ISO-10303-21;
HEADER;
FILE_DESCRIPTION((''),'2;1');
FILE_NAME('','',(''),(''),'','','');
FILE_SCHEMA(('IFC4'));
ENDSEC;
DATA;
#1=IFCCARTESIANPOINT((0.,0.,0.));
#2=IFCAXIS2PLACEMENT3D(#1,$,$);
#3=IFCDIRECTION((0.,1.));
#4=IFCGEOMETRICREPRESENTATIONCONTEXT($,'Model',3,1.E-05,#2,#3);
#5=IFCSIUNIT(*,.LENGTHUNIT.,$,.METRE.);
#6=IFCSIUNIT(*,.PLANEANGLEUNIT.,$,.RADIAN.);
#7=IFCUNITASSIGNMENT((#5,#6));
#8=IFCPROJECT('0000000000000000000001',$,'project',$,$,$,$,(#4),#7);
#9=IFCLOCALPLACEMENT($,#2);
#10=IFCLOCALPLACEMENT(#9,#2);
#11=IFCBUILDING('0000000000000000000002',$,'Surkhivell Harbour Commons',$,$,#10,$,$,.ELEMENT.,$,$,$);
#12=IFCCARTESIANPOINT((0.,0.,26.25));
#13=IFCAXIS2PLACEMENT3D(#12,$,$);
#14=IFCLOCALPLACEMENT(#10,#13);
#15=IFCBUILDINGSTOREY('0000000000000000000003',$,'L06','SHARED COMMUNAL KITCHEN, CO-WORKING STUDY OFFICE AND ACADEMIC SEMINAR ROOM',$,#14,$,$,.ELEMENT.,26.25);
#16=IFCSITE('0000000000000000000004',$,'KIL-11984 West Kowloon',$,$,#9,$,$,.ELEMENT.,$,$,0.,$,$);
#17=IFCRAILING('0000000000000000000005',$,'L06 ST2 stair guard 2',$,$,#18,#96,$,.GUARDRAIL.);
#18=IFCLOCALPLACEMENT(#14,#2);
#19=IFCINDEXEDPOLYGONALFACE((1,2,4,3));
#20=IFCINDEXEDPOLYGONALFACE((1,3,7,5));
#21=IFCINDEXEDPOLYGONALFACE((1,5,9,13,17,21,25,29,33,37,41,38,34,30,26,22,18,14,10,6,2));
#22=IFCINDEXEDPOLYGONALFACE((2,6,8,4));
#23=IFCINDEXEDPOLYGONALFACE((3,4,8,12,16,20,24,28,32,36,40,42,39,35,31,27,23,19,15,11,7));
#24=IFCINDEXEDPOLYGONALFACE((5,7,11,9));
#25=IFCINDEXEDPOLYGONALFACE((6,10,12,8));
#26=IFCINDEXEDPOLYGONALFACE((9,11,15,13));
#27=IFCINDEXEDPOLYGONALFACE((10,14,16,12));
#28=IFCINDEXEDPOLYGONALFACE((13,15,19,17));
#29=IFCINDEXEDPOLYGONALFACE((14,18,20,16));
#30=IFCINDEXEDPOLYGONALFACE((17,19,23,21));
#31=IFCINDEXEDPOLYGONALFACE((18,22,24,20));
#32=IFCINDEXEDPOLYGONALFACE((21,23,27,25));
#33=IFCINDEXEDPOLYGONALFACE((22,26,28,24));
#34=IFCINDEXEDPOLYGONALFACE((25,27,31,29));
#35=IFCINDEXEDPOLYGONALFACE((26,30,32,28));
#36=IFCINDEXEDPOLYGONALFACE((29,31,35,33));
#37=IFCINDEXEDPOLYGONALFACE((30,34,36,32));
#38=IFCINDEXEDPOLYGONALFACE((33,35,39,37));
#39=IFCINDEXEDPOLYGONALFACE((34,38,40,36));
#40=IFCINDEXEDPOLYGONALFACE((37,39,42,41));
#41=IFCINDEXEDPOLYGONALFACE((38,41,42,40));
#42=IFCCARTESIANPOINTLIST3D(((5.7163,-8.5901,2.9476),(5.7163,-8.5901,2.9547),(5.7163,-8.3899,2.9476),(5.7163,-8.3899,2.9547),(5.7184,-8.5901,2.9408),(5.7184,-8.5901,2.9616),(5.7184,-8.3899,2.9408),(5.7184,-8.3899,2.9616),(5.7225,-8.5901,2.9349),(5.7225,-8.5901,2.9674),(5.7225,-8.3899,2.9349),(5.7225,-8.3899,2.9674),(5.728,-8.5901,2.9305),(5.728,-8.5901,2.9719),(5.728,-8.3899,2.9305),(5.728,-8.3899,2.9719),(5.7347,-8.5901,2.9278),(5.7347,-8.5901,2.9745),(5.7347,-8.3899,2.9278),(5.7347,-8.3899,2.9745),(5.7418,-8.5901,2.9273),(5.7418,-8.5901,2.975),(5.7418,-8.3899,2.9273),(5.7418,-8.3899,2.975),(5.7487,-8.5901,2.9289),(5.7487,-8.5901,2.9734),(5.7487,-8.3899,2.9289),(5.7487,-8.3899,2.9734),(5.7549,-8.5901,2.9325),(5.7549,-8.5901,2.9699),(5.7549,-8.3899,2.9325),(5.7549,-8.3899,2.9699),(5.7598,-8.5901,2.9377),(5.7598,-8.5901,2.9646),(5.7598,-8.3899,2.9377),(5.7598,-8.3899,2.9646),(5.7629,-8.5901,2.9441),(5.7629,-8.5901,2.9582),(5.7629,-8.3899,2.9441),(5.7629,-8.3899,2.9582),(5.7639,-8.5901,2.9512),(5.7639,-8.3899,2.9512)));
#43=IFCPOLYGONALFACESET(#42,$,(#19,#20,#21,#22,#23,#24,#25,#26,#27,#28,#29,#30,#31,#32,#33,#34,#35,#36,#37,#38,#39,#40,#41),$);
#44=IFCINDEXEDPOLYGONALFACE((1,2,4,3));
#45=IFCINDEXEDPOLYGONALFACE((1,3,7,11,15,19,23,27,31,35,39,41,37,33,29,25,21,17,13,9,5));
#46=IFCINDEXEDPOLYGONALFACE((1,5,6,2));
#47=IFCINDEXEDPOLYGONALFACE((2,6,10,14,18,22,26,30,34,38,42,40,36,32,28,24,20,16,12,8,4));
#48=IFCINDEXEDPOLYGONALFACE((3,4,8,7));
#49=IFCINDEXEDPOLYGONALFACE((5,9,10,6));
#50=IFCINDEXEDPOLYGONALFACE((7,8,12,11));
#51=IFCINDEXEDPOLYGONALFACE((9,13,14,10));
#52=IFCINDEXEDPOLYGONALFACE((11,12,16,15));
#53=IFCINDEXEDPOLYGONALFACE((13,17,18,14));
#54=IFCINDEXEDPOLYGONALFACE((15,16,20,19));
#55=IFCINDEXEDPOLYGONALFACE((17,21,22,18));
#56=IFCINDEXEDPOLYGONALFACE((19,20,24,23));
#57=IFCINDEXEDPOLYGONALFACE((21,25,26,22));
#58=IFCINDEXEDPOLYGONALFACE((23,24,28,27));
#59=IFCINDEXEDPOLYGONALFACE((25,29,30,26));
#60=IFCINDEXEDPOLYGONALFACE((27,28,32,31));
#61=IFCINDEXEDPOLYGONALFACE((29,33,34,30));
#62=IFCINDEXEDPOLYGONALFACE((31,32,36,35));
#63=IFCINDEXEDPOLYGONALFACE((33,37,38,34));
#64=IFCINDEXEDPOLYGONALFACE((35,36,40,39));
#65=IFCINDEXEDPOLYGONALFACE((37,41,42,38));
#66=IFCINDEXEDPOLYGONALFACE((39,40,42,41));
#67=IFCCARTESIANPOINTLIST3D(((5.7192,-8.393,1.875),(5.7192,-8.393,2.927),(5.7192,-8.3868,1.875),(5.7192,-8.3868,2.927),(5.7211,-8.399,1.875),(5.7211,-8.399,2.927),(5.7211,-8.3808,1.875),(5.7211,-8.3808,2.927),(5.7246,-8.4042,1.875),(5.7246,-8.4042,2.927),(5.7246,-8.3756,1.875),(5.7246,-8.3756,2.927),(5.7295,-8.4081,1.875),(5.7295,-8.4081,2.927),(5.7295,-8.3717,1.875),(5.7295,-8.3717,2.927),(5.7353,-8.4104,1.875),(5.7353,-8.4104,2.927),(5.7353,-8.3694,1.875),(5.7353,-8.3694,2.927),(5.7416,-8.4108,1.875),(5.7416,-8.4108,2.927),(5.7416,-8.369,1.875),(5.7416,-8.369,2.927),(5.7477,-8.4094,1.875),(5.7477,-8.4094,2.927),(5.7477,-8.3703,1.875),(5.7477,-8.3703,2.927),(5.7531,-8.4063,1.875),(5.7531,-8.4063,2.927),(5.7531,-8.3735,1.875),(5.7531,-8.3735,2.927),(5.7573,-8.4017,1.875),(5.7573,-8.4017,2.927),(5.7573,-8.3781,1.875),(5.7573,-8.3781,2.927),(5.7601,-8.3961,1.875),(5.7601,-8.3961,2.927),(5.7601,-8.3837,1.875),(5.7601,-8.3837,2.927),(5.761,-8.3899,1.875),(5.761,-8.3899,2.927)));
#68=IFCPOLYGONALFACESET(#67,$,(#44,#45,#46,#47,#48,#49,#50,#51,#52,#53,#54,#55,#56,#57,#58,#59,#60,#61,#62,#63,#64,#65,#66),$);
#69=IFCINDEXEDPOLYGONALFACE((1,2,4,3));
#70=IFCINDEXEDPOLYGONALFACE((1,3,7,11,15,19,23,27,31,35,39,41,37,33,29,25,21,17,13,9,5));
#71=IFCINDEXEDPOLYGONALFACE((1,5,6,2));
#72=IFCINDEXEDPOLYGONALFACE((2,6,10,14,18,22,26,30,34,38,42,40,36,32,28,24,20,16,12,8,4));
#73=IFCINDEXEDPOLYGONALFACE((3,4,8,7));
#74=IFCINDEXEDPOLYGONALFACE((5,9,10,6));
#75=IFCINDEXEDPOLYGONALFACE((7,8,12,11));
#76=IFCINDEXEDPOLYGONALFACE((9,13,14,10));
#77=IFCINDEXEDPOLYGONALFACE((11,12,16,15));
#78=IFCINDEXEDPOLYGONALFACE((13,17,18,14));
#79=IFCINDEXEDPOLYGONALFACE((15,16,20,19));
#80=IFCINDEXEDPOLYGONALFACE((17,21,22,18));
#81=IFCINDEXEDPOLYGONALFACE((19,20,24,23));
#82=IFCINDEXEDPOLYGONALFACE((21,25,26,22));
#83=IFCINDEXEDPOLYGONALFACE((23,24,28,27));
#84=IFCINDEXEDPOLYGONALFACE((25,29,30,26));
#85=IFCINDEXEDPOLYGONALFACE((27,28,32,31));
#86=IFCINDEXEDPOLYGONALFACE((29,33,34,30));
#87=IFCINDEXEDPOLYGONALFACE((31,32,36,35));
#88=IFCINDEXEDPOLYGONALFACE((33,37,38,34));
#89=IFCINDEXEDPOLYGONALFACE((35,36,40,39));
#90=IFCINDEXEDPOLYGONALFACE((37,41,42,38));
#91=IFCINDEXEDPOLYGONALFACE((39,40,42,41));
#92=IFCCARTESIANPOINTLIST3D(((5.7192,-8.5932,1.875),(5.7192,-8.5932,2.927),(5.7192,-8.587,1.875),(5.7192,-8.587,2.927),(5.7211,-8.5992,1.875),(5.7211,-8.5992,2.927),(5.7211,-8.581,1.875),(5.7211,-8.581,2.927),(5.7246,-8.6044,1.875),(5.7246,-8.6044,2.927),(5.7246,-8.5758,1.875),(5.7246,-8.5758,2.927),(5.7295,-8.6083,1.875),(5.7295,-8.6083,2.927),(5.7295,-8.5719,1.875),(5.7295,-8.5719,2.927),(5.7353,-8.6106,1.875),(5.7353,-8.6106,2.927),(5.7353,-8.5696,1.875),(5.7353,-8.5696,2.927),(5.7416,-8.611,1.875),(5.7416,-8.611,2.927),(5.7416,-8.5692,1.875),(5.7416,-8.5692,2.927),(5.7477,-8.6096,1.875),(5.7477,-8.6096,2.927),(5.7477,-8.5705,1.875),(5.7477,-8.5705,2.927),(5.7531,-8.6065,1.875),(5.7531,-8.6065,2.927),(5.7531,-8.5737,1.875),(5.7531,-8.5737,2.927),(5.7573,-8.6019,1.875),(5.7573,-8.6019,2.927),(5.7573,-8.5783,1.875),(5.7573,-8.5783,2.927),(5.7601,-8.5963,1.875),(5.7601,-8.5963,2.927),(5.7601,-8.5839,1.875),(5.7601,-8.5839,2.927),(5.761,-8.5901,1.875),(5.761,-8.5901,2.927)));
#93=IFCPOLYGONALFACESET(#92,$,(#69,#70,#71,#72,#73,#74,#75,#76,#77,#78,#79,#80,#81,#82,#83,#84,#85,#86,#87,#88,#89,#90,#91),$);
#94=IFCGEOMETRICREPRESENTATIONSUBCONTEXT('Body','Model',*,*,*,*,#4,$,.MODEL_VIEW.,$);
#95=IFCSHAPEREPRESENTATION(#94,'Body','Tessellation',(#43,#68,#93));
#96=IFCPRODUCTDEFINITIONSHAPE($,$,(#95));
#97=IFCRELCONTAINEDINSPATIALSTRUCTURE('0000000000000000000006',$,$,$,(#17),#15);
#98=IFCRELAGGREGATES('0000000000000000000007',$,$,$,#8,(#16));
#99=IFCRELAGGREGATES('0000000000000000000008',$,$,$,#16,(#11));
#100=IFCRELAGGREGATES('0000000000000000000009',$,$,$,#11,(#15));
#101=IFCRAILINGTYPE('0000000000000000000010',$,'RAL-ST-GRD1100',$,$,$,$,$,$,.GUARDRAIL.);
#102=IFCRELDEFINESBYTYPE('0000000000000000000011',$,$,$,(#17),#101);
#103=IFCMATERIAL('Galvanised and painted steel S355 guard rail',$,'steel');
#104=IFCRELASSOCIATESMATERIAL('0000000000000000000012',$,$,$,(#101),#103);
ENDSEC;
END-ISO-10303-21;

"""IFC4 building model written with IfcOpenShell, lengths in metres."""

from ifc_helpers import new_model, si_unit, direction, frame, origin, origin_2d, place, context, subcontext, project, spatial, circle, extrude, material, type_object, element, save


model = new_model("IFC4")

# Units and contexts
model_context = context("Model", 3, precision=1e-05, world=origin(), true_north=direction((0.0, 1.0)))
body_context = subcontext(model_context, "Body", "Model", "MODEL_VIEW")
ifc_project = project(units=[si_unit("LENGTHUNIT", "METRE"), si_unit("PLANEANGLEUNIT", "RADIAN")], contexts=[model_context])

# Site, building, storey
site_placement = place(None, origin())
site = spatial("IfcSite", under=ifc_project, at=site_placement, Name="KIL-11984 West Kowloon", CompositionType="ELEMENT", RefElevation=0.0)
building_placement = place(site_placement, origin())
building = spatial("IfcBuilding", under=site, at=building_placement, Name="Surkhivell Harbour Commons", CompositionType="ELEMENT")
storey_placement = place(building_placement, frame((0.0, 0.0, 26.25)))
storey = spatial("IfcBuildingStorey", under=building, at=storey_placement, Name="L06", Description="SHARED COMMUNAL KITCHEN, CO-WORKING STUDY OFFICE AND ACADEMIC SEMINAR ROOM", CompositionType="ELEMENT", Elevation=26.25)

# Railing
ifc_material_1 = material(Name="Galvanised and painted steel S355 guard rail", Category="steel")
railing_type_1 = type_object("IfcRailingType", Name="RAL-ST-GRD1100", PredefinedType="GUARDRAIL", material=ifc_material_1)
railing_1_placement = place(storey_placement, frame((5.74, -8.3899, 1.875)))
element("IfcRailing", 1, at=railing_1_placement, inside=storey, type_object=railing_type_1, Name="L06 ST2 stair guard 2", PredefinedType="GUARDRAIL", context=body_context, shape_type="SweptSolid", body=[
    extrude(circle(Radius=0.0239, at=origin_2d()), frame((0.0, 0.0, 1.0762), z_axis=(0.0, -1.0, 0.0), x_axis=(1.0, 0.0, 0.0)), (0.0, 0.0, 1.0), 0.2002),
    extrude(circle(Radius=0.021, at=origin_2d()), origin(), (0.0, 0.0, 1.0), 1.052),
    extrude(circle(Radius=0.021, at=origin_2d()), frame((0.0, -0.2002, 0.0)), (0.0, 0.0, 1.0), 1.052),
])

save(model, "model.ifc")
